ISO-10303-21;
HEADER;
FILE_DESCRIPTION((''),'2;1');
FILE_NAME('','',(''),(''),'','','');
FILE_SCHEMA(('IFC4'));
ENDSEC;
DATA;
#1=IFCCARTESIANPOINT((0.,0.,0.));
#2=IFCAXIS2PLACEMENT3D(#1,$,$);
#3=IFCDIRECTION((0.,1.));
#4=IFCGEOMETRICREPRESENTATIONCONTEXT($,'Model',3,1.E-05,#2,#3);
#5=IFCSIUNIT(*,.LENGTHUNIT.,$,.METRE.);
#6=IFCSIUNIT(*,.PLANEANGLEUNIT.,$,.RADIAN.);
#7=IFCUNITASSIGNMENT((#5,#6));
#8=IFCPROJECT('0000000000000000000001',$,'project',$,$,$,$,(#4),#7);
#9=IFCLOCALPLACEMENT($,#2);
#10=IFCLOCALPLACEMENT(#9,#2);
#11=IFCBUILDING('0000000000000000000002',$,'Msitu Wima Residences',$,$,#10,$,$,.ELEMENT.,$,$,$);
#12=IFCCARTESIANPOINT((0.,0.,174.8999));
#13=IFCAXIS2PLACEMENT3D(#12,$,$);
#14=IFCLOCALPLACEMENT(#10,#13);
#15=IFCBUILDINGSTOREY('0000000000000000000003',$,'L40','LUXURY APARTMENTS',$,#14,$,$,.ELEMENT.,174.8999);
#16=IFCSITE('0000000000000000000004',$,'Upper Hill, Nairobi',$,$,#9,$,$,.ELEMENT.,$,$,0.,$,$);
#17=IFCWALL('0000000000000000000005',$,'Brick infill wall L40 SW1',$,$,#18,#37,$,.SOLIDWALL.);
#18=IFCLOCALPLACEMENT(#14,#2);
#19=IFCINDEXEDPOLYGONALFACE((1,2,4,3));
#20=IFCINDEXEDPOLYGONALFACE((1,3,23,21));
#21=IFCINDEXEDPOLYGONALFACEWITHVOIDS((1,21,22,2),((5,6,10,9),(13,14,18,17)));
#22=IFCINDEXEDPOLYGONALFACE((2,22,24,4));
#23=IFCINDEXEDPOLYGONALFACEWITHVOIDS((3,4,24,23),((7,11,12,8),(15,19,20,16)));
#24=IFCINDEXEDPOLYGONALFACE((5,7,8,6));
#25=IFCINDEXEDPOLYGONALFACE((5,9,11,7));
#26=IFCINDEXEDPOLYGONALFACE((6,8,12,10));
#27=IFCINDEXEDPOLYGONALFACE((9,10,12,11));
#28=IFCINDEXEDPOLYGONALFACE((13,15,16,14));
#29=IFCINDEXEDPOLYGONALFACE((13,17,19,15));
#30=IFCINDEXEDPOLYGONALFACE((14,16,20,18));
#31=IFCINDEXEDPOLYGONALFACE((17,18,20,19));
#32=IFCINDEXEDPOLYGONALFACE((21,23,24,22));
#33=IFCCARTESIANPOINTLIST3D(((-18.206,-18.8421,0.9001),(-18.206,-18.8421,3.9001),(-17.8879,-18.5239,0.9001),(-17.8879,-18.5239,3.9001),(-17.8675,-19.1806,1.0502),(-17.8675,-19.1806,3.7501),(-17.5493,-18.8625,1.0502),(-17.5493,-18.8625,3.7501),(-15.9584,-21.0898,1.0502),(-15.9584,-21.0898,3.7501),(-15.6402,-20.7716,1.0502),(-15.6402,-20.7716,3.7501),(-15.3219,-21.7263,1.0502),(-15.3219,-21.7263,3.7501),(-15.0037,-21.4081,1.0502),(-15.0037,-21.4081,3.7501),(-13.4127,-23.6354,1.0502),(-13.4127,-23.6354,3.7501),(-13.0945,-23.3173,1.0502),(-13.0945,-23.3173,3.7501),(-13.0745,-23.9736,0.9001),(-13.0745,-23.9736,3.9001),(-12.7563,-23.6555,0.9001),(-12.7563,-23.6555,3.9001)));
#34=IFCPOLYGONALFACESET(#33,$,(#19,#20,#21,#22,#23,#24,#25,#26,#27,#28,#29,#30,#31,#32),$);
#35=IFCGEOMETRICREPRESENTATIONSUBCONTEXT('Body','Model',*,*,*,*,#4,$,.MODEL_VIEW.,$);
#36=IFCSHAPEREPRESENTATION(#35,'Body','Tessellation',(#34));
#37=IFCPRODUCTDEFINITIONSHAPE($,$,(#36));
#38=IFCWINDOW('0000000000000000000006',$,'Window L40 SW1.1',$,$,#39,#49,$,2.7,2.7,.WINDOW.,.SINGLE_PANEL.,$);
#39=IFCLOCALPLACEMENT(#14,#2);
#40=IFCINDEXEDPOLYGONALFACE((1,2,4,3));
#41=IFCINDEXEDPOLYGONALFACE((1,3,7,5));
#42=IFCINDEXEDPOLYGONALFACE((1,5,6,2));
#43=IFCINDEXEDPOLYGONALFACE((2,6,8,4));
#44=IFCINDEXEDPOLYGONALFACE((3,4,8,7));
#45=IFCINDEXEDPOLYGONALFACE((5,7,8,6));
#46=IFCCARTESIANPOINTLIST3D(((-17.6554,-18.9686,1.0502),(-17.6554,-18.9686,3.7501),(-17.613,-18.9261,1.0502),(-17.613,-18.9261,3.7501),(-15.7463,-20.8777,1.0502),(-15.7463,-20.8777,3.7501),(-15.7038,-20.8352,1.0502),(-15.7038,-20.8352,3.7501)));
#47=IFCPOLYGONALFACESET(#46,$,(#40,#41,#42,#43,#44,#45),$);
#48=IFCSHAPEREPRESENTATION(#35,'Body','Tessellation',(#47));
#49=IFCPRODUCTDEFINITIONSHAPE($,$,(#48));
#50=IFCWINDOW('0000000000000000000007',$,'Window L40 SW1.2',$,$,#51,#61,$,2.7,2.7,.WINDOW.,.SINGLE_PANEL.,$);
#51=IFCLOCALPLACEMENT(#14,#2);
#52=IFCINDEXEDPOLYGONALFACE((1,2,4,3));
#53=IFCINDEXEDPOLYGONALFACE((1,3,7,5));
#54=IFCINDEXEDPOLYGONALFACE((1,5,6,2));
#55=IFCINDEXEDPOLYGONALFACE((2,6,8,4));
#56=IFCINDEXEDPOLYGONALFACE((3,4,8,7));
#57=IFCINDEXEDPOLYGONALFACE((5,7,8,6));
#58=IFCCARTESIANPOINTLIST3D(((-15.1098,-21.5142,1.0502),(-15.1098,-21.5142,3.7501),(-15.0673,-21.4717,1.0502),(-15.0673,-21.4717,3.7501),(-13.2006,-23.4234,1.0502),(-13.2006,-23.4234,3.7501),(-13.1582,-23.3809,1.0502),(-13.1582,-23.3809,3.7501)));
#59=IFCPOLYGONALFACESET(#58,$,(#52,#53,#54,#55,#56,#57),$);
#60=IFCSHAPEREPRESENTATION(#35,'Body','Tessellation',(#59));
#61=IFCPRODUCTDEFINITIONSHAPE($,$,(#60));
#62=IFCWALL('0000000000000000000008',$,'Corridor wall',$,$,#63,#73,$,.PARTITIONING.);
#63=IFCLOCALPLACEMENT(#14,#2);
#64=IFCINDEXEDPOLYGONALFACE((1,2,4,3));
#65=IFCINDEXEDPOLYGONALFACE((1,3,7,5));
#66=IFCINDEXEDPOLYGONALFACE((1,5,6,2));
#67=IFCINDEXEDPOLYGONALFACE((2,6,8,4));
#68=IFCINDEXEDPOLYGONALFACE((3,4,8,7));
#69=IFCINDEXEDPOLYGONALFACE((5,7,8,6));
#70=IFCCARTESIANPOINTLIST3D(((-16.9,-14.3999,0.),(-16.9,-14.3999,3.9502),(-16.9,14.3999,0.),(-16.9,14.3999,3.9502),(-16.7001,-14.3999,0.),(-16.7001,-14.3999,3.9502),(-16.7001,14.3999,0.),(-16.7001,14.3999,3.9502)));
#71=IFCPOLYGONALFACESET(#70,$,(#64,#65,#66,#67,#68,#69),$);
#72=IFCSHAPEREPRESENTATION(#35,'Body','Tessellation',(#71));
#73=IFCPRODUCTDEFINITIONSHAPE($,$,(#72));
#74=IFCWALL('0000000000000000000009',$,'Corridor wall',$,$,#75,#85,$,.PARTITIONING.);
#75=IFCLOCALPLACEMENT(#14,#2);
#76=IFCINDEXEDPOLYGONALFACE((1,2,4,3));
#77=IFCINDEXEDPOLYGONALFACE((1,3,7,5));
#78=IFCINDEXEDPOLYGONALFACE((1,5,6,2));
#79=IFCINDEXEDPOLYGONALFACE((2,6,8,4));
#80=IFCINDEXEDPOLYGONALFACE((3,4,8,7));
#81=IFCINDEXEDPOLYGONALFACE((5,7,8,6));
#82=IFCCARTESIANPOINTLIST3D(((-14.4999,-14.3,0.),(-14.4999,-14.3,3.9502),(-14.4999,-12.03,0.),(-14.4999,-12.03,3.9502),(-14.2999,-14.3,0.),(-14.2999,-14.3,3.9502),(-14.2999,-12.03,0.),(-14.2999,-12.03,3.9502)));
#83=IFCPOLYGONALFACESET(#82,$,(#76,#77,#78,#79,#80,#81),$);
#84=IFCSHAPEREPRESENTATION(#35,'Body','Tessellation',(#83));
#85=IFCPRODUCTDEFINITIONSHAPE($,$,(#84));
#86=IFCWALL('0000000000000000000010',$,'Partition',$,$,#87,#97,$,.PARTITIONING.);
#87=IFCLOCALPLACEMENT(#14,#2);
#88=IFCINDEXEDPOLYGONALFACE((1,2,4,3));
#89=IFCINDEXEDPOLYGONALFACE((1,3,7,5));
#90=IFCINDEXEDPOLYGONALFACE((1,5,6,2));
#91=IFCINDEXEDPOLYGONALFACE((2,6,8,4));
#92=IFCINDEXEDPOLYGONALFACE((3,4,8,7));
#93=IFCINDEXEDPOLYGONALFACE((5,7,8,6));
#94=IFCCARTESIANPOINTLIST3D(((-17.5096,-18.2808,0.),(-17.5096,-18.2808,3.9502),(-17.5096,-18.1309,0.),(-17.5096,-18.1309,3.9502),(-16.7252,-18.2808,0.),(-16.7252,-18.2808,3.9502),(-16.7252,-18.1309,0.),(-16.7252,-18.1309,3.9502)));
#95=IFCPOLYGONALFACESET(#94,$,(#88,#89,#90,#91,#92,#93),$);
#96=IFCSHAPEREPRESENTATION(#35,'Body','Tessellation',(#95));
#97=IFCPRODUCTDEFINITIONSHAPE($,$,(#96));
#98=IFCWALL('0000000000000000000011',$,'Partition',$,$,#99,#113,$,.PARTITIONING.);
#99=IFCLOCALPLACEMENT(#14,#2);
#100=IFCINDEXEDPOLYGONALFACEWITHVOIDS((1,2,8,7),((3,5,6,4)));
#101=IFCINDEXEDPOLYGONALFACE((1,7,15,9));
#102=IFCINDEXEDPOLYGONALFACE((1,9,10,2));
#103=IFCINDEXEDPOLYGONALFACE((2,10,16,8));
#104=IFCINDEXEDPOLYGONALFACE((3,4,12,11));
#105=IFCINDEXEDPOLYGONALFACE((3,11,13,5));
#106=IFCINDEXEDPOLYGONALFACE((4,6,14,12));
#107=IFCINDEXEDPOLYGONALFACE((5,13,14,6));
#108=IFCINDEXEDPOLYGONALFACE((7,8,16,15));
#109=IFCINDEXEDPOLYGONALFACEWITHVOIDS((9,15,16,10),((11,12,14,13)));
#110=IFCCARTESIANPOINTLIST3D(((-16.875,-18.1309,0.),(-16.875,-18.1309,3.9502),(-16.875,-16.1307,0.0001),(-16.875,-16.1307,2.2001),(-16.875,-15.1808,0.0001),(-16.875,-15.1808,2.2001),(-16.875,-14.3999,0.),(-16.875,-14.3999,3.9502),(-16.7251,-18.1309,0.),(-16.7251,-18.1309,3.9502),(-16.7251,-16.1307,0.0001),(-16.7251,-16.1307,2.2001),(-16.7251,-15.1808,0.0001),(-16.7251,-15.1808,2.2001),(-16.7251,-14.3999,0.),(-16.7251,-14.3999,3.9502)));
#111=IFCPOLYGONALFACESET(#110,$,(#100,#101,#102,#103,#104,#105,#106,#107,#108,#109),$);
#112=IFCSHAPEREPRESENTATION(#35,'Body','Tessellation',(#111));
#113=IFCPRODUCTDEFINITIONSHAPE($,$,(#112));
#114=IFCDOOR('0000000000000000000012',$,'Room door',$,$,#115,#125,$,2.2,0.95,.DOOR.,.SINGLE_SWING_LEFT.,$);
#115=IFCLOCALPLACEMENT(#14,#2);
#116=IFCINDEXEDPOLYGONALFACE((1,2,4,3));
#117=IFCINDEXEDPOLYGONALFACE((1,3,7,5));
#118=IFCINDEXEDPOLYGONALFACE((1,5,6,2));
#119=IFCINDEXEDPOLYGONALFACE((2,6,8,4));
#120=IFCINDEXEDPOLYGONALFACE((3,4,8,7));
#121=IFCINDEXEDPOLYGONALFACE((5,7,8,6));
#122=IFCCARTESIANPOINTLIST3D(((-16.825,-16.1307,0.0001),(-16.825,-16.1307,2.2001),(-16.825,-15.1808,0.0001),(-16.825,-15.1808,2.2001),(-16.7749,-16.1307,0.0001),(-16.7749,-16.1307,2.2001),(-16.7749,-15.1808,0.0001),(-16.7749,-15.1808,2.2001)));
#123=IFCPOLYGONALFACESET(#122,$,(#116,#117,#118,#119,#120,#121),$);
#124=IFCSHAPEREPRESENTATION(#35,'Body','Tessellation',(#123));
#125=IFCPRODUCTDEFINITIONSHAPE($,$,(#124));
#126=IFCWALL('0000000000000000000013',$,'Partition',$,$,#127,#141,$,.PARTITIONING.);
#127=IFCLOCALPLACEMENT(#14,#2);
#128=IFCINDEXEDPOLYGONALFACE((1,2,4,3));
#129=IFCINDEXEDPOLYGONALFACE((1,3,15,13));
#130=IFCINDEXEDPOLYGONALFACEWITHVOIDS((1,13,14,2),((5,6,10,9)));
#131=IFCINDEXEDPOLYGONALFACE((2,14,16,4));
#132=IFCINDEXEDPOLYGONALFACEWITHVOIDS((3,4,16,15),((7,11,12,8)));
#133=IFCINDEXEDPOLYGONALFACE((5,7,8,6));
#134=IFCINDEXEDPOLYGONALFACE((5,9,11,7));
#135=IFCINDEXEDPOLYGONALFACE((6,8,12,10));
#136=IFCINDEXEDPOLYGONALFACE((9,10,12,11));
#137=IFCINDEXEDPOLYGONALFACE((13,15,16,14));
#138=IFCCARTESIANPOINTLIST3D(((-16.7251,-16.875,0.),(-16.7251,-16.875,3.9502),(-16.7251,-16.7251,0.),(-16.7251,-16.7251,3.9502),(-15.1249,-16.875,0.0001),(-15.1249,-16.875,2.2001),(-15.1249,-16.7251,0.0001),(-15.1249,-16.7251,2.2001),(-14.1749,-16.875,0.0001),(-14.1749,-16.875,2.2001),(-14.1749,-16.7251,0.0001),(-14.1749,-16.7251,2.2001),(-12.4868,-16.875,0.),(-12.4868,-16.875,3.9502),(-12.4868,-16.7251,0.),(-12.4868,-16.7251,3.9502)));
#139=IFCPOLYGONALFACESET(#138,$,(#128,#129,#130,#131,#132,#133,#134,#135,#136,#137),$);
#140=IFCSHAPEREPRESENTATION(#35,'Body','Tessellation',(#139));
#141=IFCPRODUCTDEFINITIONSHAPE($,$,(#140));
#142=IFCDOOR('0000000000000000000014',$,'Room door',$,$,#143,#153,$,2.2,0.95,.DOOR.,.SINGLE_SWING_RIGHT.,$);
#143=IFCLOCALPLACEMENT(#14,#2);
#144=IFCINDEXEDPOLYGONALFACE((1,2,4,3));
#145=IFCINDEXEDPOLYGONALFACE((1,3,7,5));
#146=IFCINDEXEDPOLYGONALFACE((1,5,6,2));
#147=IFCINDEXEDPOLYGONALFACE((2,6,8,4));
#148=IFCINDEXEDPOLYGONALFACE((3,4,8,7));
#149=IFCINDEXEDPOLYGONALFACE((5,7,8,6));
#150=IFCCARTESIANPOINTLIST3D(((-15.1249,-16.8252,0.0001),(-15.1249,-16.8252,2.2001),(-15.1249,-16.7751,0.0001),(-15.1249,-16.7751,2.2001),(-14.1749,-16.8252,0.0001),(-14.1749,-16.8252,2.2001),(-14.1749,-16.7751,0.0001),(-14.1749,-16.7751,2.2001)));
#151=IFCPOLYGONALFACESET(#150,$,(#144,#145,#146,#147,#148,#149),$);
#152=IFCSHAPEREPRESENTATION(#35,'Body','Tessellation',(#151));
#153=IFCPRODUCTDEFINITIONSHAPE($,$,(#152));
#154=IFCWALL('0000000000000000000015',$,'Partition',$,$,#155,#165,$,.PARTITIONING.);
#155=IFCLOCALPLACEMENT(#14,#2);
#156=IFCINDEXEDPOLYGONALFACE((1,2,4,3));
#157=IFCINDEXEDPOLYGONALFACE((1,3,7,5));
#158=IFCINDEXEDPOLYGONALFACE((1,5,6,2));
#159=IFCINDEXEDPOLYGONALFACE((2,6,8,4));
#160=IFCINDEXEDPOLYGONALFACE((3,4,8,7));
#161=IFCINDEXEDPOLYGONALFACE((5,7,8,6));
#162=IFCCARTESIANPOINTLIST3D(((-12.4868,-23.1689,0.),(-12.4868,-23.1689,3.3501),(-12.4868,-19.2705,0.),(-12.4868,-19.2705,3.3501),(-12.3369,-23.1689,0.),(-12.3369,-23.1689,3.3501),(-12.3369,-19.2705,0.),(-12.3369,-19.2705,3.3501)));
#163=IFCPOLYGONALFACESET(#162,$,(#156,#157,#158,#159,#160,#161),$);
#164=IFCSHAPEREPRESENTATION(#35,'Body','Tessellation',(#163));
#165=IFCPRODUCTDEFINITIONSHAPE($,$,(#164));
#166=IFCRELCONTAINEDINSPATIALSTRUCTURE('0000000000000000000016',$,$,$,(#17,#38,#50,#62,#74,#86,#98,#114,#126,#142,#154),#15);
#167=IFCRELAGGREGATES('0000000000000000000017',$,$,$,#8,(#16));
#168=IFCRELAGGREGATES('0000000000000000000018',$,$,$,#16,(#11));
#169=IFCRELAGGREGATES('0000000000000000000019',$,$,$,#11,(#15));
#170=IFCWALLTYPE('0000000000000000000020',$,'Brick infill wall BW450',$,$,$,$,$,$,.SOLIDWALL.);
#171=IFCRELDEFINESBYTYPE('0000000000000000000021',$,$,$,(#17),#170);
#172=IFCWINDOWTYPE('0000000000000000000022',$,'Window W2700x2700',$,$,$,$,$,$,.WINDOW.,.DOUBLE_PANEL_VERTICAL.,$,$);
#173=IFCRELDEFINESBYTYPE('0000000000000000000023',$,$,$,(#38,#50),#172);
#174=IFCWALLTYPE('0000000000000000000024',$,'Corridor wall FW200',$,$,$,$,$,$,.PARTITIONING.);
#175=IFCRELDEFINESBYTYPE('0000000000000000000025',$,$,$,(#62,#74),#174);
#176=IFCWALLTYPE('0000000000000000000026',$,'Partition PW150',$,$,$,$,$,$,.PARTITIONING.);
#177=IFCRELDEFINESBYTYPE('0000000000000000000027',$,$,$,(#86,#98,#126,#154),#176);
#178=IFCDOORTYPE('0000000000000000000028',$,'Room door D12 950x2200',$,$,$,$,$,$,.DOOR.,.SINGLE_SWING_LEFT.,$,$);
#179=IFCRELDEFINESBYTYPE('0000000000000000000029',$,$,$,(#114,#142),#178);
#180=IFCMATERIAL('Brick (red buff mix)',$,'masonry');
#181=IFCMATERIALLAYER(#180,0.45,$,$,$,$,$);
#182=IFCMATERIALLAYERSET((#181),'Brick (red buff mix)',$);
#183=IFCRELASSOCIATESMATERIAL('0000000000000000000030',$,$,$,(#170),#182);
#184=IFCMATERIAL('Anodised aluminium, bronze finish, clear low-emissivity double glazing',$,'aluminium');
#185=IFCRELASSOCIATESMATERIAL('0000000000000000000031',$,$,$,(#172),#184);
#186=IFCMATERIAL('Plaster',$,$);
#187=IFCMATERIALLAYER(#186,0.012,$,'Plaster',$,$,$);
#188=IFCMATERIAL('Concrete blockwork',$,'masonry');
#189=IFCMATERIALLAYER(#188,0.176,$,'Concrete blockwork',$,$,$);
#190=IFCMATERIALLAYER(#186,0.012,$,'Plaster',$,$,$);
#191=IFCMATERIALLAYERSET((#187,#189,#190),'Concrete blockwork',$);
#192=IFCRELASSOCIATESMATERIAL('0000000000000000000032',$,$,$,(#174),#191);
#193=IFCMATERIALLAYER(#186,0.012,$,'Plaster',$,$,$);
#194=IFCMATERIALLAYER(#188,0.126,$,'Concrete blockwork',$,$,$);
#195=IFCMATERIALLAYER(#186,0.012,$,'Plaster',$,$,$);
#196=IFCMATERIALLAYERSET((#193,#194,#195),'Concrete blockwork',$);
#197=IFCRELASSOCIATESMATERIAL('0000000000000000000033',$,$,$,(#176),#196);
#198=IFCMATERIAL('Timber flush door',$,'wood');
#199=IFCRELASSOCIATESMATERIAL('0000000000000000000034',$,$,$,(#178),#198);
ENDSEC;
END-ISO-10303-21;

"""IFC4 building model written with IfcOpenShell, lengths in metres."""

from ifc_helpers import new_model, si_unit, direction, frame, frame_2d, origin, place, context, subcontext, project, spatial, rectangle, extrude, material, layer, layer_set, type_object, element, fill, save


model = new_model("IFC4")

# Units and contexts
model_context = context("Model", 3, precision=1e-05, world=origin(), true_north=direction((0.0, 1.0)))
body_context = subcontext(model_context, "Body", "Model", "MODEL_VIEW")
ifc_project = project(units=[si_unit("LENGTHUNIT", "METRE"), si_unit("PLANEANGLEUNIT", "RADIAN")], contexts=[model_context])

# Site, building, storey
site_placement = place(None, origin())
site = spatial("IfcSite", under=ifc_project, at=site_placement, Name="Upper Hill, Nairobi", CompositionType="ELEMENT", RefElevation=0.0)
building_placement = place(site_placement, origin())
building = spatial("IfcBuilding", under=site, at=building_placement, Name="Msitu Wima Residences", CompositionType="ELEMENT")
storey_placement = place(building_placement, frame((0.0, 0.0, 174.8999)))
storey = spatial("IfcBuildingStorey", under=building, at=storey_placement, Name="L40", Description="LUXURY APARTMENTS", CompositionType="ELEMENT", Elevation=174.8999)

# Shared definitions
ifc_material_1 = material(Name="Brick (red buff mix)", Category="masonry")
ifc_layer_1 = layer(ifc_material_1, 0.45)
ifc_layer_set_1 = layer_set([ifc_layer_1], Name="Brick (red buff mix)")
wall_type_1 = type_object("IfcWallType", Name="Brick infill wall BW450", PredefinedType="SOLIDWALL", material=ifc_layer_set_1)
ifc_material_2 = material(Name="Anodised aluminium, bronze finish, clear low-emissivity double glazing", Category="aluminium")
window_type = type_object("IfcWindowType", Name="Window W2700x2700", PartitioningType="DOUBLE_PANEL_VERTICAL", PredefinedType="WINDOW", material=ifc_material_2)

# Wall, openings, windows
wall_1_placement = place(storey_placement, frame((-18.0469, -18.6831, 0.9001), z_axis=(0.0, 0.0, 1.0), x_axis=(0.707107, -0.707107, 0.0)))
wall_1 = element("IfcWall", 1, at=wall_1_placement, inside=storey, type_object=wall_type_1, Name="Brick infill wall L40 SW1", PredefinedType="SOLIDWALL", context=body_context, shape_type="SweptSolid", body=[
    extrude(rectangle(XDim=7.2571, YDim=0.45, at=frame_2d((3.6284, 0.0))), origin(), (0.0, 0.0, 1.0), 3.0),
])
opening_1_placement = place(wall_1_placement, frame((0.4785, 0.0, 0.1499)))
opening_1 = element("IfcOpeningElement", 2, at=opening_1_placement, cuts=wall_1, PredefinedType="OPENING", context=body_context, shape_type="SweptSolid", body=[
    extrude(rectangle(XDim=2.7, YDim=2.7, at=frame_2d((1.3501, 1.3501))), frame((0.0, 0.2349, 0.0), z_axis=(0.0, -1.0, 0.0), x_axis=(1.0, 0.0, 0.0)), (0.0, 0.0, 1.0), 0.47),
])
opening_2_placement = place(wall_1_placement, frame((4.0786, 0.0, 0.1499)))
opening_2 = element("IfcOpeningElement", 3, at=opening_2_placement, cuts=wall_1, PredefinedType="OPENING", context=body_context, shape_type="SweptSolid", body=[
    extrude(rectangle(XDim=2.7, YDim=2.7, at=frame_2d((1.3501, 1.3501))), frame((0.0, 0.2349, 0.0), z_axis=(0.0, -1.0, 0.0), x_axis=(1.0, 0.0, 0.0)), (0.0, 0.0, 1.0), 0.47),
])
window_1_placement = place(opening_1_placement, origin())
window_1 = element("IfcWindow", 4, at=window_1_placement, inside=storey, type_object=window_type, Name="Window L40 SW1.1", OverallHeight=2.7, OverallWidth=2.7, PartitioningType="SINGLE_PANEL", PredefinedType="WINDOW", context=body_context, shape_type="SweptSolid", body=[
    extrude(rectangle(XDim=2.7, YDim=2.7, at=frame_2d((1.3501, 1.3501))), frame((0.0, 0.135, 0.0), z_axis=(0.0, -1.0, 0.0), x_axis=(1.0, 0.0, 0.0)), (0.0, 0.0, 1.0), 0.0601),
])
fill(opening_1, window_1)
window_2_placement = place(opening_2_placement, origin())
window_2 = element("IfcWindow", 5, at=window_2_placement, inside=storey, type_object=window_type, Name="Window L40 SW1.2", OverallHeight=2.7, OverallWidth=2.7, PartitioningType="SINGLE_PANEL", PredefinedType="WINDOW", context=body_context, shape_type="SweptSolid", body=[
    extrude(rectangle(XDim=2.7, YDim=2.7, at=frame_2d((1.3501, 1.3501))), frame((0.0, 0.135, 0.0), z_axis=(0.0, -1.0, 0.0), x_axis=(1.0, 0.0, 0.0)), (0.0, 0.0, 1.0), 0.0601),
])
fill(opening_2, window_2)

# Wall
ifc_material_3 = material(Name="Plaster")
ifc_layer_2 = layer(ifc_material_3, 0.012, Name="Plaster")
ifc_material_4 = material(Name="Concrete blockwork", Category="masonry")
ifc_layer_3 = layer(ifc_material_4, 0.176, Name="Concrete blockwork")
ifc_layer_4 = layer(ifc_material_3, 0.012, Name="Plaster")
ifc_layer_set_2 = layer_set([ifc_layer_2, ifc_layer_3, ifc_layer_4], Name="Concrete blockwork")
wall_type_2 = type_object("IfcWallType", Name="Corridor wall FW200", PredefinedType="PARTITIONING", material=ifc_layer_set_2)
wall_2_placement = place(storey_placement, frame((-16.8, -14.3999, 0.0), z_axis=(0.0, 0.0, 1.0), x_axis=(0.0, 1.0, 0.0)))
element("IfcWall", 6, at=wall_2_placement, inside=storey, type_object=wall_type_2, Name="Corridor wall", PredefinedType="PARTITIONING", context=body_context, shape_type="SweptSolid", body=[
    extrude(rectangle(XDim=28.7998, YDim=0.2, at=frame_2d((14.3999, 0.0))), origin(), (0.0, 0.0, 1.0), 3.9502),
])

# Walls
wall_3_placement = place(storey_placement, frame((-14.3999, -14.3, 0.0), z_axis=(0.0, 0.0, 1.0), x_axis=(0.0, 1.0, 0.0)))
element("IfcWall", 7, at=wall_3_placement, inside=storey, type_object=wall_type_2, Name="Corridor wall", PredefinedType="PARTITIONING", context=body_context, shape_type="SweptSolid", body=[
    extrude(rectangle(XDim=2.27, YDim=0.2, at=frame_2d((1.135, 0.0))), origin(), (0.0, 0.0, 1.0), 3.9502),
])
ifc_layer_5 = layer(ifc_material_3, 0.012, Name="Plaster")
ifc_layer_6 = layer(ifc_material_4, 0.126, Name="Concrete blockwork")
ifc_layer_7 = layer(ifc_material_3, 0.012, Name="Plaster")
ifc_layer_set_3 = layer_set([ifc_layer_5, ifc_layer_6, ifc_layer_7], Name="Concrete blockwork")
wall_type_3 = type_object("IfcWallType", Name="Partition PW150", PredefinedType="PARTITIONING", material=ifc_layer_set_3)
wall_4_placement = place(storey_placement, frame((-17.5095, -18.2058, 0.0), z_axis=(0.0, 0.0, 1.0), x_axis=(1.0, 0.0, 0.0)))
element("IfcWall", 8, at=wall_4_placement, inside=storey, type_object=wall_type_3, Name="Partition", PredefinedType="PARTITIONING", context=body_context, shape_type="SweptSolid", body=[
    extrude(rectangle(XDim=0.7844, YDim=0.1499, at=frame_2d((0.3921, 0.0))), origin(), (0.0, 0.0, 1.0), 3.9502),
])

# Walls, openings, doors
wall_5_placement = place(storey_placement, frame((-16.8, -18.1309, 0.0), z_axis=(0.0, 0.0, 1.0), x_axis=(0.0, 1.0, 0.0)))
wall_5 = element("IfcWall", 9, at=wall_5_placement, inside=storey, type_object=wall_type_3, Name="Partition", PredefinedType="PARTITIONING", context=body_context, shape_type="SweptSolid", body=[
    extrude(rectangle(XDim=3.731, YDim=0.1499, at=frame_2d((1.8655, 0.0))), origin(), (0.0, 0.0, 1.0), 3.9502),
])
opening_3_placement = place(wall_5_placement, frame((2.0, 0.0, 0.0)))
opening_3 = element("IfcOpeningElement", 10, at=opening_3_placement, cuts=wall_5, PredefinedType="OPENING", context=body_context, shape_type="SweptSolid", body=[
    extrude(rectangle(XDim=0.95, YDim=2.2, at=frame_2d((0.4751, 1.1001))), frame((0.0, 0.085, 0.0), z_axis=(0.0, -1.0, 0.0), x_axis=(1.0, 0.0, 0.0)), (0.0, 0.0, 1.0), 0.1699),
])
ifc_material_5 = material(Name="Timber flush door", Category="wood")
door_type_1 = type_object("IfcDoorType", Name="Room door D12 950x2200", OperationType="SINGLE_SWING_LEFT", PredefinedType="DOOR", material=ifc_material_5)
door_1_placement = place(opening_3_placement, origin())
door_1 = element("IfcDoor", 11, at=door_1_placement, inside=storey, type_object=door_type_1, Name="Room door", OperationType="SINGLE_SWING_LEFT", OverallHeight=2.2, OverallWidth=0.95, PredefinedType="DOOR", context=body_context, shape_type="SweptSolid", body=[
    extrude(rectangle(XDim=0.95, YDim=2.2, at=frame_2d((0.4751, 1.1001))), frame((0.0, 0.0249, 0.0), z_axis=(0.0, -1.0, 0.0), x_axis=(1.0, 0.0, 0.0)), (0.0, 0.0, 1.0), 0.05),
])
fill(opening_3, door_1)
wall_6_placement = place(storey_placement, frame((-16.7251, -16.8, 0.0), z_axis=(0.0, 0.0, 1.0), x_axis=(1.0, 0.0, 0.0)))
wall_6 = element("IfcWall", 12, at=wall_6_placement, inside=storey, type_object=wall_type_3, Name="Partition", PredefinedType="PARTITIONING", context=body_context, shape_type="SweptSolid", body=[
    extrude(rectangle(XDim=4.2383, YDim=0.1499, at=frame_2d((2.1191, 0.0))), origin(), (0.0, 0.0, 1.0), 3.9502),
])
opening_4_placement = place(wall_6_placement, frame((1.6001, 0.0, 0.0)))
opening_4 = element("IfcOpeningElement", 13, at=opening_4_placement, cuts=wall_6, PredefinedType="OPENING", context=body_context, shape_type="SweptSolid", body=[
    extrude(rectangle(XDim=0.95, YDim=2.2, at=frame_2d((0.4751, 1.1001))), frame((0.0, 0.085, 0.0), z_axis=(0.0, -1.0, 0.0), x_axis=(1.0, 0.0, 0.0)), (0.0, 0.0, 1.0), 0.1699),
])
door_2_placement = place(opening_4_placement, origin())
door_2 = element("IfcDoor", 14, at=door_2_placement, inside=storey, type_object=door_type_1, Name="Room door", OperationType="SINGLE_SWING_RIGHT", OverallHeight=2.2, OverallWidth=0.95, PredefinedType="DOOR", context=body_context, shape_type="SweptSolid", body=[
    extrude(rectangle(XDim=0.95, YDim=2.2, at=frame_2d((0.4751, 1.1001))), frame((0.0, 0.0249, 0.0), z_axis=(0.0, -1.0, 0.0), x_axis=(1.0, 0.0, 0.0)), (0.0, 0.0, 1.0), 0.05),
])
fill(opening_4, door_2)

# Wall
wall_7_placement = place(storey_placement, frame((-12.4119, -23.1689, 0.0), z_axis=(0.0, 0.0, 1.0), x_axis=(0.0, 1.0, 0.0)))
element("IfcWall", 15, at=wall_7_placement, inside=storey, type_object=wall_type_3, Name="Partition", PredefinedType="PARTITIONING", context=body_context, shape_type="SweptSolid", body=[
    extrude(rectangle(XDim=3.8984, YDim=0.1499, at=frame_2d((1.9492, 0.0))), origin(), (0.0, 0.0, 1.0), 3.3501),
])

save(model, "model.ifc")
